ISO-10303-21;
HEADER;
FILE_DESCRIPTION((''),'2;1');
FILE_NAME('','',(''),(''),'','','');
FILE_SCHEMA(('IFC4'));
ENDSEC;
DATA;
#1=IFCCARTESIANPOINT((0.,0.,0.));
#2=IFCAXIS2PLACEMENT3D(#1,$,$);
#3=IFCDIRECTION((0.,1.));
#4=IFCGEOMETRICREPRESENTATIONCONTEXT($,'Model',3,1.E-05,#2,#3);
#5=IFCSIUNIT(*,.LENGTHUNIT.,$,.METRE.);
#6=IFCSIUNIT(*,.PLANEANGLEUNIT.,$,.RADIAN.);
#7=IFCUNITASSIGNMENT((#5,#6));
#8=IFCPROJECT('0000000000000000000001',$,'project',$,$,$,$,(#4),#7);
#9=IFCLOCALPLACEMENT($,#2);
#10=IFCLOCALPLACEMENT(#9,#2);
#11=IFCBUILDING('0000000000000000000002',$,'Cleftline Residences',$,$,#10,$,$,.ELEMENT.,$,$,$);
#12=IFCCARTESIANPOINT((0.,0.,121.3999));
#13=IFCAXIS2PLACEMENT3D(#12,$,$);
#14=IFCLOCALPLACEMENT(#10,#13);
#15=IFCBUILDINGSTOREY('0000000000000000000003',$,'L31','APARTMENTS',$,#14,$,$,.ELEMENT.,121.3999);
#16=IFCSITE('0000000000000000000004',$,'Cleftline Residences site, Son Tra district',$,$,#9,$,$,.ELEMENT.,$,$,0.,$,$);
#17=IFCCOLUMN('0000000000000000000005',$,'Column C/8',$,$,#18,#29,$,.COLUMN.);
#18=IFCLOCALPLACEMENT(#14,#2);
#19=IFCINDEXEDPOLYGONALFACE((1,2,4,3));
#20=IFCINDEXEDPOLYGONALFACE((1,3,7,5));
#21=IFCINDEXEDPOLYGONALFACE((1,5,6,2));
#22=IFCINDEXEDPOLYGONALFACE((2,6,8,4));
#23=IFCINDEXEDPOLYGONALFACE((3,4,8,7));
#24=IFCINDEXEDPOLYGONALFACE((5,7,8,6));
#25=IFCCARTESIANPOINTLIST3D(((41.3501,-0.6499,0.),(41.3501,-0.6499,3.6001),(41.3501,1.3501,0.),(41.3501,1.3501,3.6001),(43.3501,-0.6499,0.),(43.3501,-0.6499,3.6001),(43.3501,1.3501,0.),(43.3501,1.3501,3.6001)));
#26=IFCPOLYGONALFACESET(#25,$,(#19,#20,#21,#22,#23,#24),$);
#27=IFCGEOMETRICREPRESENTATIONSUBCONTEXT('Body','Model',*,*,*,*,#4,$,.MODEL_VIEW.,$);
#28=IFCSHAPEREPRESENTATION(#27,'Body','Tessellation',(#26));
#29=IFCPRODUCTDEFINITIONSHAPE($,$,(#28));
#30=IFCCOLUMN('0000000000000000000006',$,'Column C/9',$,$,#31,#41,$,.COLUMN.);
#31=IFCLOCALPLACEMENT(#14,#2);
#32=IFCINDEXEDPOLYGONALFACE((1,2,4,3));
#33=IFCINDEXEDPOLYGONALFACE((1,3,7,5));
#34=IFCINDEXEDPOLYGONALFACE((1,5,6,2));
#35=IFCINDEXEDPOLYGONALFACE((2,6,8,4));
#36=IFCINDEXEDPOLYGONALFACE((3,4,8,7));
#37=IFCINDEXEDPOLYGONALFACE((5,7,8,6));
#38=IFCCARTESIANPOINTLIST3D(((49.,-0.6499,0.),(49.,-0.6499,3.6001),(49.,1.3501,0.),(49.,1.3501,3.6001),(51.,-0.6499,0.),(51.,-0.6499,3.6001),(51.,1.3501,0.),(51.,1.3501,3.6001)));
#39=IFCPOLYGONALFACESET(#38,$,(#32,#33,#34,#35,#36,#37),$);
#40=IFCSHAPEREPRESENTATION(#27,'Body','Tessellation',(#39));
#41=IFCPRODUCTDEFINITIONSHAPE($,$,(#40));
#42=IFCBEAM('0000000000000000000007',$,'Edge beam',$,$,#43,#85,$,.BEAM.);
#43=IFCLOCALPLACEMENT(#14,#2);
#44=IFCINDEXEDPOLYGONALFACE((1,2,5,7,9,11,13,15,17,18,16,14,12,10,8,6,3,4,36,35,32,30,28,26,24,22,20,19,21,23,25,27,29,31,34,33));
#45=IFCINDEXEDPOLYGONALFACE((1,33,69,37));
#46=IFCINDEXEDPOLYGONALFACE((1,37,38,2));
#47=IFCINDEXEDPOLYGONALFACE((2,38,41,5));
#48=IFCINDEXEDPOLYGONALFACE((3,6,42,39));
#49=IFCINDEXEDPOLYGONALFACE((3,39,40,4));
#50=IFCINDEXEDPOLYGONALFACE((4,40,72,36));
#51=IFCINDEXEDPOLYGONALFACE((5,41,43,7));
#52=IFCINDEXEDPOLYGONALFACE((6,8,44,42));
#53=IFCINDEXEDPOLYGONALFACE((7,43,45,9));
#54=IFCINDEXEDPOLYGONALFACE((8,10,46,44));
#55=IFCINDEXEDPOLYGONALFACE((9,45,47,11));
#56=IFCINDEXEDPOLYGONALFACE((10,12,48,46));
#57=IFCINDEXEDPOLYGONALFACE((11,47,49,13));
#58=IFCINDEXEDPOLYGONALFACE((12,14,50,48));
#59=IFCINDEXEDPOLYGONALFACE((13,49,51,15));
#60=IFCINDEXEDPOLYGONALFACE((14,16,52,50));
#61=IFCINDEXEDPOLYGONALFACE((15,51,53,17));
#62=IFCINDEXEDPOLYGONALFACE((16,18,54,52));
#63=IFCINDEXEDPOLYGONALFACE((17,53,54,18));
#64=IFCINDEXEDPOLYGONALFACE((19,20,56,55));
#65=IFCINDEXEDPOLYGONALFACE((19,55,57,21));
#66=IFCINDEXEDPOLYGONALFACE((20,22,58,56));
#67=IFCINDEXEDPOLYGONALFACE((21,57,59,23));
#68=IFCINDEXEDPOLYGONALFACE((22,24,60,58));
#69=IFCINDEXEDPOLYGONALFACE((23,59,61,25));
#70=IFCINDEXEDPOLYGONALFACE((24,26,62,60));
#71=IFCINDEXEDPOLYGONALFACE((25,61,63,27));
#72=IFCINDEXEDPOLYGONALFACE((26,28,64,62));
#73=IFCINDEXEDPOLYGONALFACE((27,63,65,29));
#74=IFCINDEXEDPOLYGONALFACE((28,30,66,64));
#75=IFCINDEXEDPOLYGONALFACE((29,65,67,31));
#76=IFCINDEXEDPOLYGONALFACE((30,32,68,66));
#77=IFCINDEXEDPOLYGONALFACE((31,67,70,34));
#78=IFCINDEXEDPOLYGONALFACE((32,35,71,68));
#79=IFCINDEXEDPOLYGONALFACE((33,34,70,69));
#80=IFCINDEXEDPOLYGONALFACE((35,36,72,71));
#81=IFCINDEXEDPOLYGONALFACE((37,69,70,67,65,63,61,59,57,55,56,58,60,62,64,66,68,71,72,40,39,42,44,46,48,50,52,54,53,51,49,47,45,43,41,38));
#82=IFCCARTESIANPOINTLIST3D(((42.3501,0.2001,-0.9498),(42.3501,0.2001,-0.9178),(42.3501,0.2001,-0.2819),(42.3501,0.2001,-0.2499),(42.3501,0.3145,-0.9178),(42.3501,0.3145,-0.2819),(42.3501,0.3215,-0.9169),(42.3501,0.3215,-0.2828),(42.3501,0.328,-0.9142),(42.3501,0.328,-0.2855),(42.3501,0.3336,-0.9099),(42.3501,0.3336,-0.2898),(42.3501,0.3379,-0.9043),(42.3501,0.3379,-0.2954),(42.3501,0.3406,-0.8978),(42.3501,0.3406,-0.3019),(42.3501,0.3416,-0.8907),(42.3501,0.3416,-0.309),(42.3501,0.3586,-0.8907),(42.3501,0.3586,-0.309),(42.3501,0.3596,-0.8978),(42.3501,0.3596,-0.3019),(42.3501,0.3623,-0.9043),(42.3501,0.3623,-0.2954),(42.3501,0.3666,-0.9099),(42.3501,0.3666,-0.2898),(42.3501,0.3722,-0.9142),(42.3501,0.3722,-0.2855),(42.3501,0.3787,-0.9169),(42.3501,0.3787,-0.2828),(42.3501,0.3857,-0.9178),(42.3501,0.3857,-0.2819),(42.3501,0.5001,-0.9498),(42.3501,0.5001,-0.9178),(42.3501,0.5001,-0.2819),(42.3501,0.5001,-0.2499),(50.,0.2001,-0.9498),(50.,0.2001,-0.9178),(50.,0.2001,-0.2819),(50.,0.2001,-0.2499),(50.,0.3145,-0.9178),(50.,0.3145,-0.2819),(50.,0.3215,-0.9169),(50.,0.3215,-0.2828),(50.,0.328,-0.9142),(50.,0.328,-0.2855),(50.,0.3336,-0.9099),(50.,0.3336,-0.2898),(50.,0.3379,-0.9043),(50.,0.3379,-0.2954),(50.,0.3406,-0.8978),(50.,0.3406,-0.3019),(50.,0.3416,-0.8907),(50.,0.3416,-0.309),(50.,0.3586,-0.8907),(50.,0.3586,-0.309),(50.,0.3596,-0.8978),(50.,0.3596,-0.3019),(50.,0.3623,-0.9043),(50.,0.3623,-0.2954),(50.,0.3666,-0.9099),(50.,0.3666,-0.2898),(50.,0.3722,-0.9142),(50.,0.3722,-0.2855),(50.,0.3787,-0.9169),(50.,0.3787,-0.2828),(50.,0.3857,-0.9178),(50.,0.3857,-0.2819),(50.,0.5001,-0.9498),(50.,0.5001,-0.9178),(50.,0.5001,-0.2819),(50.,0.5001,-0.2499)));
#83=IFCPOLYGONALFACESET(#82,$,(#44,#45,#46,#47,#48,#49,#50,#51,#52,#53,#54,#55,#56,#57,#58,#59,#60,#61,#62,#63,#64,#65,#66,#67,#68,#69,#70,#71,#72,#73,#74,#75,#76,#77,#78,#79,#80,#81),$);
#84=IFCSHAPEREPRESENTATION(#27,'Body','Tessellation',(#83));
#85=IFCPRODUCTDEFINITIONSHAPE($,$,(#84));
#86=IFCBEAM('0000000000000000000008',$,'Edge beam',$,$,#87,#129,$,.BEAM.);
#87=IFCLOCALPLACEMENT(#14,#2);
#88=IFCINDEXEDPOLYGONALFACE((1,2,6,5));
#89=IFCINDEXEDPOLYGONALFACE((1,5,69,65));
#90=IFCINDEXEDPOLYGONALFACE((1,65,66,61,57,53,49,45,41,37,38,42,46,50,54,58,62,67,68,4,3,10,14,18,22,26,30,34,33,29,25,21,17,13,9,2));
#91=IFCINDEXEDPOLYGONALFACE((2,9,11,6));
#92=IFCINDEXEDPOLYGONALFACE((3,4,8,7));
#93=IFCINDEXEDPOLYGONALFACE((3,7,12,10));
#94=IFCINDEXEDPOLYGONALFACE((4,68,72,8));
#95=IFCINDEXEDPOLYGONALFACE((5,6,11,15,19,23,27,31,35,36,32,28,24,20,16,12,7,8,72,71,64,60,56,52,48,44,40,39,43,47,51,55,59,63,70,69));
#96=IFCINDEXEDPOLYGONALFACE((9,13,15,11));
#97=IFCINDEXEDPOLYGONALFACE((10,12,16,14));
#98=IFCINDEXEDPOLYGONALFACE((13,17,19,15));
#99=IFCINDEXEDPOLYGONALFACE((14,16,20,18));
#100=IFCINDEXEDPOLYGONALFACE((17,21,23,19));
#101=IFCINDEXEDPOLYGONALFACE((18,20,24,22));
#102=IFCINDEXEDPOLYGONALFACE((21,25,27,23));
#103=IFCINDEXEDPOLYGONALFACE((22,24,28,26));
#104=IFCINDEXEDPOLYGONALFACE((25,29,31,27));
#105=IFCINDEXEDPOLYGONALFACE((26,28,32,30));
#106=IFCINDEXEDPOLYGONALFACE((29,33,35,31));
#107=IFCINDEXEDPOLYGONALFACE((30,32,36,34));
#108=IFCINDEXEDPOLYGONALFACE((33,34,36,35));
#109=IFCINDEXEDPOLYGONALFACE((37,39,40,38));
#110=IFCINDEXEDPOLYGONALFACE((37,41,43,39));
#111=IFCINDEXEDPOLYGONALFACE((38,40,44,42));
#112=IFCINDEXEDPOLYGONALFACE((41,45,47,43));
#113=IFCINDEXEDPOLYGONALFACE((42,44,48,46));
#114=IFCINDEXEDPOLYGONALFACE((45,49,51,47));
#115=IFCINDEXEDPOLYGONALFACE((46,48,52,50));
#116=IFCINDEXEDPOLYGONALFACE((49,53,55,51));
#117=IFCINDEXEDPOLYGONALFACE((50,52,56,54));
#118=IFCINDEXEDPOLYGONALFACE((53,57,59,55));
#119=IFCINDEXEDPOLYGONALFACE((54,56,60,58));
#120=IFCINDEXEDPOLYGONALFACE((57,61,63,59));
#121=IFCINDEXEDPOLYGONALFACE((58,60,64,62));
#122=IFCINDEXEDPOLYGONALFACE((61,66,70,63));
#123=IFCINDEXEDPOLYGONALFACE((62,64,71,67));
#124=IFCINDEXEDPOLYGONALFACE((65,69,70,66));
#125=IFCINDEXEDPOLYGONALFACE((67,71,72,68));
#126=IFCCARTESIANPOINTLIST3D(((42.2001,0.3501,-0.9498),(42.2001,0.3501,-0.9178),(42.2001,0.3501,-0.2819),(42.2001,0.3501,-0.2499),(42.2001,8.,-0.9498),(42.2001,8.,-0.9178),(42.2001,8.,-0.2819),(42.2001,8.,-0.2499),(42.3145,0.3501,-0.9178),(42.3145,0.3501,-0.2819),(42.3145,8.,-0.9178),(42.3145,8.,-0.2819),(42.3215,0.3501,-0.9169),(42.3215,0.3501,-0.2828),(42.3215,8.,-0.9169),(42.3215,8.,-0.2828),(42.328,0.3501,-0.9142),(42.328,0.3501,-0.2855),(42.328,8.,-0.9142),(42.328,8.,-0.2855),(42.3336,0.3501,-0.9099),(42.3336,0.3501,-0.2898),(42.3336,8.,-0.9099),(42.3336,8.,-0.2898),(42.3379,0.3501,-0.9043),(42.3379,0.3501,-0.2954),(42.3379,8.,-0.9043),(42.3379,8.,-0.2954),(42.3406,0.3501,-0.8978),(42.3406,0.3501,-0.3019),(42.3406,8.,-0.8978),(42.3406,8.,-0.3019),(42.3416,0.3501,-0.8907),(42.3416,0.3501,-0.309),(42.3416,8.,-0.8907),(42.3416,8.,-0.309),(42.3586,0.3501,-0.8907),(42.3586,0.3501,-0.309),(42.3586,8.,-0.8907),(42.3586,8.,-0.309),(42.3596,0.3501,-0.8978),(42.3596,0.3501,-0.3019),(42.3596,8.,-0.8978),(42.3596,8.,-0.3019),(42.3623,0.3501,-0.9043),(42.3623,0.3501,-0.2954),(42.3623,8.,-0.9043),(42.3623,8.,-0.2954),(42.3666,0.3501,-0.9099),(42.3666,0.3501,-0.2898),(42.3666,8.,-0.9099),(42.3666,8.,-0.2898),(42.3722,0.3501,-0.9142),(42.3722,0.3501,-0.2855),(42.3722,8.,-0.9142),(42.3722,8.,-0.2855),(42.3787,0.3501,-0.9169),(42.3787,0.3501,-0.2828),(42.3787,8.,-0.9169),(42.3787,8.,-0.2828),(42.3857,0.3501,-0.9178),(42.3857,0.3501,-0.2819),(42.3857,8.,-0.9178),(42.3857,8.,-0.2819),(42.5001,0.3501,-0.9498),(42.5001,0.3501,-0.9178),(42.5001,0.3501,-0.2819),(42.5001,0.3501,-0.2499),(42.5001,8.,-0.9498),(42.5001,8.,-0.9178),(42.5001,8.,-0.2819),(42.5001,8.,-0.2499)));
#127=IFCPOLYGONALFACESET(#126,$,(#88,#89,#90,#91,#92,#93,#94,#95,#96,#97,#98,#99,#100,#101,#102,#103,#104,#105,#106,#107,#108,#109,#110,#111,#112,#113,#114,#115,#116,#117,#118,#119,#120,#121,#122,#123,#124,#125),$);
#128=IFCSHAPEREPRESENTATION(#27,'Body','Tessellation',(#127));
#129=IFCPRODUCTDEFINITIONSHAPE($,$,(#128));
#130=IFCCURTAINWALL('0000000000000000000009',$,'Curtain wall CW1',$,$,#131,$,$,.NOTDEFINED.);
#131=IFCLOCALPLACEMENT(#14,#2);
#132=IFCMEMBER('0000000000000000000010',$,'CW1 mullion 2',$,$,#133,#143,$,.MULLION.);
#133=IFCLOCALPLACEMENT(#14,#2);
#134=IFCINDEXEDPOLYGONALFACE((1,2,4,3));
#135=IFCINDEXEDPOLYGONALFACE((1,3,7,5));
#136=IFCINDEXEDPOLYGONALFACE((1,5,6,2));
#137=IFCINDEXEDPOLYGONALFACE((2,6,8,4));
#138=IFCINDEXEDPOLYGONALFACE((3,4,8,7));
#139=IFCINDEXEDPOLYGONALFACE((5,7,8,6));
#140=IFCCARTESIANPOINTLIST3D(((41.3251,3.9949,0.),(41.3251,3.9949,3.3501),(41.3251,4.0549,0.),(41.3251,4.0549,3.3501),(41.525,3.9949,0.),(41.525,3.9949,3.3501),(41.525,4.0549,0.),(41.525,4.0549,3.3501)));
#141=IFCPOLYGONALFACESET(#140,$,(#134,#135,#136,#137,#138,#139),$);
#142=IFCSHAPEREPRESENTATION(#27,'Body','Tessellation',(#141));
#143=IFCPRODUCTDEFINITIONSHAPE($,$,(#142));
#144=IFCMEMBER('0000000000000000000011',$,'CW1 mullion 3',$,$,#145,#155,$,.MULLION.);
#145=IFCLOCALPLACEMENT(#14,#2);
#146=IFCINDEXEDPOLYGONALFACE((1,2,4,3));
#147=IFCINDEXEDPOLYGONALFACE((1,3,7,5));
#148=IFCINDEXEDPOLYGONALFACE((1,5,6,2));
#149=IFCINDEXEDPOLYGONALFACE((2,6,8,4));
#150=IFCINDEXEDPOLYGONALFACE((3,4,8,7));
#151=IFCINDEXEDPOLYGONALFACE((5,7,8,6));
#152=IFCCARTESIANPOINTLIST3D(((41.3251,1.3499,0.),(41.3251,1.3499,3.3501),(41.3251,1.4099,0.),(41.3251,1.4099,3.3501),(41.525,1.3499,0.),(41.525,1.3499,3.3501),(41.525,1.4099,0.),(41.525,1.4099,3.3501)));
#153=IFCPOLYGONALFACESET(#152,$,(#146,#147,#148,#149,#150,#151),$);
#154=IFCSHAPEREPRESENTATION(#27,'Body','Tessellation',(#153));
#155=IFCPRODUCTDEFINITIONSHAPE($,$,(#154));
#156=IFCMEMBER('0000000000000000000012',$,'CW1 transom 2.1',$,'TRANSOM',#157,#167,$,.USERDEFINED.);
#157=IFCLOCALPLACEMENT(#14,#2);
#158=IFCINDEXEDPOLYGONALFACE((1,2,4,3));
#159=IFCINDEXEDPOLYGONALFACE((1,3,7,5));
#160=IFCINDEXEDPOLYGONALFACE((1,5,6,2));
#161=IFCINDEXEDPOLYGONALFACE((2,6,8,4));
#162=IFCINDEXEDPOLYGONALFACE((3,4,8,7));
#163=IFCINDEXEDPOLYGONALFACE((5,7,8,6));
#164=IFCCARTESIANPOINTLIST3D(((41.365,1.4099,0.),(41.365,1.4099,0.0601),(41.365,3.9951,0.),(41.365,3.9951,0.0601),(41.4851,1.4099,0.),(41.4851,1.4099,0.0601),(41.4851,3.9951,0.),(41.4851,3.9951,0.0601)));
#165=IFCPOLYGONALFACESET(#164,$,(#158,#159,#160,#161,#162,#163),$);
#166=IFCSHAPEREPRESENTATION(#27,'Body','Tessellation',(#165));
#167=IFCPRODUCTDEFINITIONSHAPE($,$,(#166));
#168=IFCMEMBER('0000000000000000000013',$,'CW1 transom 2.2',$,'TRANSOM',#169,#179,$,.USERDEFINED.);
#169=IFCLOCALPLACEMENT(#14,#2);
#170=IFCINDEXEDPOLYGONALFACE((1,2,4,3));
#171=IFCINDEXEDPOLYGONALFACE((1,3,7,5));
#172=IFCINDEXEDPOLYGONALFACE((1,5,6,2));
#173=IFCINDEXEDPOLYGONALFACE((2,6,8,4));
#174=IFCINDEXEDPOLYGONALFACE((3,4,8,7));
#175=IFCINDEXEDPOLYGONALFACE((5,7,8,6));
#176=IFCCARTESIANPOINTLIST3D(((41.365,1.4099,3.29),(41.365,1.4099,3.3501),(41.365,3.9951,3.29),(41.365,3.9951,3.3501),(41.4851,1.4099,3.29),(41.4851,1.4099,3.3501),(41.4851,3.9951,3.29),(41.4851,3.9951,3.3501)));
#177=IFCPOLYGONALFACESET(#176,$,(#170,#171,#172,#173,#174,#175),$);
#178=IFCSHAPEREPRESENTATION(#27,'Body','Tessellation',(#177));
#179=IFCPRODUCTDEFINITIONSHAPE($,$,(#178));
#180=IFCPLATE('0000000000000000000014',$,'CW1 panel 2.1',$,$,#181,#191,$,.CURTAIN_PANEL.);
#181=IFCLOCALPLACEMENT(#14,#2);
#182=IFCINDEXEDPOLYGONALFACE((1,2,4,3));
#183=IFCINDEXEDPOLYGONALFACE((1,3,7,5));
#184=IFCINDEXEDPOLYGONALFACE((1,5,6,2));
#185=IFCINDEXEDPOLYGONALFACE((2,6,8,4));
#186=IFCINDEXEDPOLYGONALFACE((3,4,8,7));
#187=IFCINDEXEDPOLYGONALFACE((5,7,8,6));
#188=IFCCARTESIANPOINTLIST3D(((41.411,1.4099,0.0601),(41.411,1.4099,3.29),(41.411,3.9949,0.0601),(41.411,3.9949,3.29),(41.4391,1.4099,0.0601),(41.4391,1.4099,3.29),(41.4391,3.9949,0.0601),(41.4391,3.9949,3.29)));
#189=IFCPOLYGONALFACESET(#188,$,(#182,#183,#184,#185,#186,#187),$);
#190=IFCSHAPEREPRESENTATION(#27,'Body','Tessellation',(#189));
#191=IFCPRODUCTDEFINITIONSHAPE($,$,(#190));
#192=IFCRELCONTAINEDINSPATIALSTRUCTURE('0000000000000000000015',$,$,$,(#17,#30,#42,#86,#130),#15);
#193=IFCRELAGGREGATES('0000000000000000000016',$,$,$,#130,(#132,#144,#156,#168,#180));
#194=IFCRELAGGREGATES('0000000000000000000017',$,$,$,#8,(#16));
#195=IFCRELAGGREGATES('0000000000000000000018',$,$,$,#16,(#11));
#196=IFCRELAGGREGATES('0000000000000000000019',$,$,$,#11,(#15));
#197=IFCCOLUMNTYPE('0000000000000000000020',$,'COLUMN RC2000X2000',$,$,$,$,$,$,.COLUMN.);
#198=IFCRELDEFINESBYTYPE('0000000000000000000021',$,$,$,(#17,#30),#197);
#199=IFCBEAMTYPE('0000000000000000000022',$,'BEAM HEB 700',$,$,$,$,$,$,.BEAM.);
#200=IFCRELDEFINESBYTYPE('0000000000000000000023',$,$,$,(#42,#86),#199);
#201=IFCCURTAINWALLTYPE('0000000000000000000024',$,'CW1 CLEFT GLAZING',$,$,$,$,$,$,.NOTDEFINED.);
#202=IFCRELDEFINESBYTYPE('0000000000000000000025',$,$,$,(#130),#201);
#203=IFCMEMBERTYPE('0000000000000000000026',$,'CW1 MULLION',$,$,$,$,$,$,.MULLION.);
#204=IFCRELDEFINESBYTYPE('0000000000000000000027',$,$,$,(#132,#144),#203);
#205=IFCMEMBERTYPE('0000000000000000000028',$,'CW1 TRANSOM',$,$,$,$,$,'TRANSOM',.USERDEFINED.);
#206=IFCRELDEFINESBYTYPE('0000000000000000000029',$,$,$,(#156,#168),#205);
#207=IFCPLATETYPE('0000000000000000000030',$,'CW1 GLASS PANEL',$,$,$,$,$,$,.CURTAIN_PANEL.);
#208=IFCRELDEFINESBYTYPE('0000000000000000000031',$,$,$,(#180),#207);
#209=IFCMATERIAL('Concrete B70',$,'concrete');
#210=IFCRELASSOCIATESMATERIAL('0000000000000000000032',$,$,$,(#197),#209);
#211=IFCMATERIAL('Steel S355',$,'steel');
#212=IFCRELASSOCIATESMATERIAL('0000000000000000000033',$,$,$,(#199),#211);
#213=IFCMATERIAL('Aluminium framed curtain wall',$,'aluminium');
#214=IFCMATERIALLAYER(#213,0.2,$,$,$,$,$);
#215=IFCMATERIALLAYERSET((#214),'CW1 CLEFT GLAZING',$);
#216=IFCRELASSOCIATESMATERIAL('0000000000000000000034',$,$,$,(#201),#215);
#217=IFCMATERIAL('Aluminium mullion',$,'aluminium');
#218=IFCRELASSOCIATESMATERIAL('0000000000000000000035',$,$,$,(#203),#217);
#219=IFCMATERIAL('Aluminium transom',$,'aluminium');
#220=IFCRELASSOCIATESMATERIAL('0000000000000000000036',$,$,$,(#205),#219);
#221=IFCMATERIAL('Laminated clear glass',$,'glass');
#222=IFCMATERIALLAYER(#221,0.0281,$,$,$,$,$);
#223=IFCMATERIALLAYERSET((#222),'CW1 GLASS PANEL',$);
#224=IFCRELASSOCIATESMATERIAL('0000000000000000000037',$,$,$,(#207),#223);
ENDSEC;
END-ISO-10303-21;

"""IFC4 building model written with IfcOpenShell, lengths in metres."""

from ifc_helpers import new_model, si_unit, direction, frame, origin, origin_2d, place, context, subcontext, project, spatial, rectangle, i_section, extrude, material, layer, layer_set, material_profile, profile_set, type_object, element, aggregate, save


model = new_model("IFC4")

# Units and contexts
model_context = context("Model", 3, precision=1e-05, world=origin(), true_north=direction((0.0, 1.0)))
body_context = subcontext(model_context, "Body", "Model", "MODEL_VIEW")
ifc_project = project(units=[si_unit("LENGTHUNIT", "METRE"), si_unit("PLANEANGLEUNIT", "RADIAN")], contexts=[model_context])

# Site, building, storey
site_placement = place(None, origin())
site = spatial("IfcSite", under=ifc_project, at=site_placement, Name="Cleftline Residences site, Son Tra district", CompositionType="ELEMENT", RefElevation=0.0)
building_placement = place(site_placement, origin())
building = spatial("IfcBuilding", under=site, at=building_placement, Name="Cleftline Residences", CompositionType="ELEMENT")
storey_placement = place(building_placement, frame((0.0, 0.0, 121.3999)))
storey = spatial("IfcBuildingStorey", under=building, at=storey_placement, Name="L31", Description="APARTMENTS", CompositionType="ELEMENT", Elevation=121.3999)

# Columns
ifc_material_1 = material(Name="Concrete B70", Category="concrete")
ifc_material_profile_1 = material_profile(ifc_material_1, rectangle(XDim=2.0, YDim=2.0, at=origin_2d()))
ifc_profile_set_1 = profile_set([ifc_material_profile_1], Name="Concrete B70")
column_type = type_object("IfcColumnType", Name="COLUMN RC2000X2000", PredefinedType="COLUMN", material=ifc_profile_set_1)
for number, where, z_axis, x_axis, name in (
    (1, (42.3501, 0.3501, 0.0), (0.0, 0.0, 1.0), (1.0, 0.0, 0.0), "Column C/8"),
    (2, (50.0, 0.3501, 0.0), (0.0, 0.0, 1.0), (1.0, 0.0, 0.0), "Column C/9"),
):
    element("IfcColumn", number, at=place(storey_placement, frame(where, z_axis=z_axis, x_axis=x_axis)), inside=storey, type_object=column_type, Name=name, PredefinedType="COLUMN", context=body_context, shape_type="SweptSolid", body=[
        extrude(rectangle(XDim=2.0, YDim=2.0, at=origin_2d()), origin(), (0.0, 0.0, 1.0), 3.6001),
    ])

# Beams
ifc_material_2 = material(Name="Steel S355", Category="steel")
ifc_material_profile_2 = material_profile(ifc_material_2, i_section(OverallWidth=0.3, OverallDepth=0.7, WebThickness=0.0171, FlangeThickness=0.032, FilletRadius=0.0271, at=origin_2d()))
ifc_profile_set_2 = profile_set([ifc_material_profile_2], Name="Steel S355")
beam_type = type_object("IfcBeamType", Name="BEAM HEB 700", PredefinedType="BEAM", material=ifc_profile_set_2)
for number, where, z_axis, x_axis, name in (
    (3, (50.0, 0.3501, -0.5999), (-1.0, 0.0, 0.0), (0.0, -1.0, 0.0), "Edge beam"),
    (4, (42.3501, 0.3501, -0.5999), (0.0, 1.0, 0.0), (-1.0, 0.0, 0.0), "Edge beam"),
):
    element("IfcBeam", number, at=place(storey_placement, frame(where, z_axis=z_axis, x_axis=x_axis)), inside=storey, type_object=beam_type, Name=name, PredefinedType="BEAM", context=body_context, shape_type="SweptSolid", body=[
        extrude(i_section(OverallWidth=0.3, OverallDepth=0.7, WebThickness=0.0171, FlangeThickness=0.032, FilletRadius=0.0271, at=origin_2d()), origin(), (0.0, 0.0, 1.0), 7.6499),
    ])

# Curtain wall, members, plate
ifc_material_3 = material(Name="Aluminium framed curtain wall", Category="aluminium")
ifc_layer_1 = layer(ifc_material_3, 0.2)
ifc_layer_set_1 = layer_set([ifc_layer_1], Name="CW1 CLEFT GLAZING")
curtain_wall_type = type_object("IfcCurtainWallType", Name="CW1 CLEFT GLAZING", PredefinedType="NOTDEFINED", material=ifc_layer_set_1)
curtain_wall_placement = place(storey_placement, origin())
curtain_wall = element("IfcCurtainWall", 5, at=curtain_wall_placement, inside=storey, type_object=curtain_wall_type, Name="Curtain wall CW1", PredefinedType="NOTDEFINED")
ifc_material_4 = material(Name="Aluminium mullion", Category="aluminium")
ifc_material_profile_3 = material_profile(ifc_material_4, rectangle(XDim=0.2, YDim=0.0601, at=origin_2d()))
ifc_profile_set_3 = profile_set([ifc_material_profile_3], Name="Aluminium mullion")
member_type_1 = type_object("IfcMemberType", Name="CW1 MULLION", PredefinedType="MULLION", material=ifc_profile_set_3)
member_1_placement = place(storey_placement, frame((41.425, 4.0249, 0.0), z_axis=(0.0, 0.0, 1.0), x_axis=(1.0, 0.0, 0.0)))
member_1 = element("IfcMember", 6, at=member_1_placement, type_object=member_type_1, Name="CW1 mullion 2", PredefinedType="MULLION", context=body_context, shape_type="SweptSolid", body=[
    extrude(rectangle(XDim=0.2, YDim=0.0601, at=origin_2d()), origin(), (0.0, 0.0, 1.0), 3.3501),
])
member_2_placement = place(storey_placement, frame((41.425, 1.3799, 0.0), z_axis=(0.0, 0.0, 1.0), x_axis=(1.0, 0.0, 0.0)))
member_2 = element("IfcMember", 7, at=member_2_placement, type_object=member_type_1, Name="CW1 mullion 3", PredefinedType="MULLION", context=body_context, shape_type="SweptSolid", body=[
    extrude(rectangle(XDim=0.2, YDim=0.0601, at=origin_2d()), origin(), (0.0, 0.0, 1.0), 3.3501),
])
ifc_material_5 = material(Name="Aluminium transom", Category="aluminium")
ifc_material_profile_4 = material_profile(ifc_material_5, rectangle(XDim=0.1201, YDim=0.0601, at=origin_2d()))
ifc_profile_set_4 = profile_set([ifc_material_profile_4], Name="Aluminium transom")
member_type_2 = type_object("IfcMemberType", Name="CW1 TRANSOM", ElementType="TRANSOM", PredefinedType="USERDEFINED", material=ifc_profile_set_4)
member_3_placement = place(storey_placement, frame((41.425, 3.9951, 0.03), z_axis=(0.0, -1.0, 0.0), x_axis=(1.0, 0.0, 0.0)))
member_3 = element("IfcMember", 8, at=member_3_placement, type_object=member_type_2, Name="CW1 transom 2.1", ObjectType="TRANSOM", PredefinedType="USERDEFINED", context=body_context, shape_type="SweptSolid", body=[
    extrude(rectangle(XDim=0.1201, YDim=0.0601, at=origin_2d()), origin(), (0.0, 0.0, 1.0), 2.5852),
])
member_4_placement = place(storey_placement, frame((41.425, 3.9951, 3.3201), z_axis=(0.0, -1.0, 0.0), x_axis=(1.0, 0.0, 0.0)))
member_4 = element("IfcMember", 9, at=member_4_placement, type_object=member_type_2, Name="CW1 transom 2.2", ObjectType="TRANSOM", PredefinedType="USERDEFINED", context=body_context, shape_type="SweptSolid", body=[
    extrude(rectangle(XDim=0.1201, YDim=0.0601, at=origin_2d()), origin(), (0.0, 0.0, 1.0), 2.5852),
])
ifc_material_6 = material(Name="Laminated clear glass", Category="glass")
ifc_layer_2 = layer(ifc_material_6, 0.0281)
ifc_layer_set_2 = layer_set([ifc_layer_2], Name="CW1 GLASS PANEL")
plate_type = type_object("IfcPlateType", Name="CW1 GLASS PANEL", PredefinedType="CURTAIN_PANEL", material=ifc_layer_set_2)
plate_placement = place(storey_placement, frame((41.425, 2.7024, 0.0601), z_axis=(0.0, 0.0, 1.0), x_axis=(0.0, -1.0, 0.0)))
plate = element("IfcPlate", 10, at=plate_placement, type_object=plate_type, Name="CW1 panel 2.1", PredefinedType="CURTAIN_PANEL", context=body_context, shape_type="SweptSolid", body=[
    extrude(rectangle(XDim=2.585, YDim=0.0281, at=origin_2d()), origin(), (0.0, 0.0, 1.0), 3.23),
])
aggregate(curtain_wall, [member_1, member_2, member_3, member_4, plate])

save(model, "model.ifc")
